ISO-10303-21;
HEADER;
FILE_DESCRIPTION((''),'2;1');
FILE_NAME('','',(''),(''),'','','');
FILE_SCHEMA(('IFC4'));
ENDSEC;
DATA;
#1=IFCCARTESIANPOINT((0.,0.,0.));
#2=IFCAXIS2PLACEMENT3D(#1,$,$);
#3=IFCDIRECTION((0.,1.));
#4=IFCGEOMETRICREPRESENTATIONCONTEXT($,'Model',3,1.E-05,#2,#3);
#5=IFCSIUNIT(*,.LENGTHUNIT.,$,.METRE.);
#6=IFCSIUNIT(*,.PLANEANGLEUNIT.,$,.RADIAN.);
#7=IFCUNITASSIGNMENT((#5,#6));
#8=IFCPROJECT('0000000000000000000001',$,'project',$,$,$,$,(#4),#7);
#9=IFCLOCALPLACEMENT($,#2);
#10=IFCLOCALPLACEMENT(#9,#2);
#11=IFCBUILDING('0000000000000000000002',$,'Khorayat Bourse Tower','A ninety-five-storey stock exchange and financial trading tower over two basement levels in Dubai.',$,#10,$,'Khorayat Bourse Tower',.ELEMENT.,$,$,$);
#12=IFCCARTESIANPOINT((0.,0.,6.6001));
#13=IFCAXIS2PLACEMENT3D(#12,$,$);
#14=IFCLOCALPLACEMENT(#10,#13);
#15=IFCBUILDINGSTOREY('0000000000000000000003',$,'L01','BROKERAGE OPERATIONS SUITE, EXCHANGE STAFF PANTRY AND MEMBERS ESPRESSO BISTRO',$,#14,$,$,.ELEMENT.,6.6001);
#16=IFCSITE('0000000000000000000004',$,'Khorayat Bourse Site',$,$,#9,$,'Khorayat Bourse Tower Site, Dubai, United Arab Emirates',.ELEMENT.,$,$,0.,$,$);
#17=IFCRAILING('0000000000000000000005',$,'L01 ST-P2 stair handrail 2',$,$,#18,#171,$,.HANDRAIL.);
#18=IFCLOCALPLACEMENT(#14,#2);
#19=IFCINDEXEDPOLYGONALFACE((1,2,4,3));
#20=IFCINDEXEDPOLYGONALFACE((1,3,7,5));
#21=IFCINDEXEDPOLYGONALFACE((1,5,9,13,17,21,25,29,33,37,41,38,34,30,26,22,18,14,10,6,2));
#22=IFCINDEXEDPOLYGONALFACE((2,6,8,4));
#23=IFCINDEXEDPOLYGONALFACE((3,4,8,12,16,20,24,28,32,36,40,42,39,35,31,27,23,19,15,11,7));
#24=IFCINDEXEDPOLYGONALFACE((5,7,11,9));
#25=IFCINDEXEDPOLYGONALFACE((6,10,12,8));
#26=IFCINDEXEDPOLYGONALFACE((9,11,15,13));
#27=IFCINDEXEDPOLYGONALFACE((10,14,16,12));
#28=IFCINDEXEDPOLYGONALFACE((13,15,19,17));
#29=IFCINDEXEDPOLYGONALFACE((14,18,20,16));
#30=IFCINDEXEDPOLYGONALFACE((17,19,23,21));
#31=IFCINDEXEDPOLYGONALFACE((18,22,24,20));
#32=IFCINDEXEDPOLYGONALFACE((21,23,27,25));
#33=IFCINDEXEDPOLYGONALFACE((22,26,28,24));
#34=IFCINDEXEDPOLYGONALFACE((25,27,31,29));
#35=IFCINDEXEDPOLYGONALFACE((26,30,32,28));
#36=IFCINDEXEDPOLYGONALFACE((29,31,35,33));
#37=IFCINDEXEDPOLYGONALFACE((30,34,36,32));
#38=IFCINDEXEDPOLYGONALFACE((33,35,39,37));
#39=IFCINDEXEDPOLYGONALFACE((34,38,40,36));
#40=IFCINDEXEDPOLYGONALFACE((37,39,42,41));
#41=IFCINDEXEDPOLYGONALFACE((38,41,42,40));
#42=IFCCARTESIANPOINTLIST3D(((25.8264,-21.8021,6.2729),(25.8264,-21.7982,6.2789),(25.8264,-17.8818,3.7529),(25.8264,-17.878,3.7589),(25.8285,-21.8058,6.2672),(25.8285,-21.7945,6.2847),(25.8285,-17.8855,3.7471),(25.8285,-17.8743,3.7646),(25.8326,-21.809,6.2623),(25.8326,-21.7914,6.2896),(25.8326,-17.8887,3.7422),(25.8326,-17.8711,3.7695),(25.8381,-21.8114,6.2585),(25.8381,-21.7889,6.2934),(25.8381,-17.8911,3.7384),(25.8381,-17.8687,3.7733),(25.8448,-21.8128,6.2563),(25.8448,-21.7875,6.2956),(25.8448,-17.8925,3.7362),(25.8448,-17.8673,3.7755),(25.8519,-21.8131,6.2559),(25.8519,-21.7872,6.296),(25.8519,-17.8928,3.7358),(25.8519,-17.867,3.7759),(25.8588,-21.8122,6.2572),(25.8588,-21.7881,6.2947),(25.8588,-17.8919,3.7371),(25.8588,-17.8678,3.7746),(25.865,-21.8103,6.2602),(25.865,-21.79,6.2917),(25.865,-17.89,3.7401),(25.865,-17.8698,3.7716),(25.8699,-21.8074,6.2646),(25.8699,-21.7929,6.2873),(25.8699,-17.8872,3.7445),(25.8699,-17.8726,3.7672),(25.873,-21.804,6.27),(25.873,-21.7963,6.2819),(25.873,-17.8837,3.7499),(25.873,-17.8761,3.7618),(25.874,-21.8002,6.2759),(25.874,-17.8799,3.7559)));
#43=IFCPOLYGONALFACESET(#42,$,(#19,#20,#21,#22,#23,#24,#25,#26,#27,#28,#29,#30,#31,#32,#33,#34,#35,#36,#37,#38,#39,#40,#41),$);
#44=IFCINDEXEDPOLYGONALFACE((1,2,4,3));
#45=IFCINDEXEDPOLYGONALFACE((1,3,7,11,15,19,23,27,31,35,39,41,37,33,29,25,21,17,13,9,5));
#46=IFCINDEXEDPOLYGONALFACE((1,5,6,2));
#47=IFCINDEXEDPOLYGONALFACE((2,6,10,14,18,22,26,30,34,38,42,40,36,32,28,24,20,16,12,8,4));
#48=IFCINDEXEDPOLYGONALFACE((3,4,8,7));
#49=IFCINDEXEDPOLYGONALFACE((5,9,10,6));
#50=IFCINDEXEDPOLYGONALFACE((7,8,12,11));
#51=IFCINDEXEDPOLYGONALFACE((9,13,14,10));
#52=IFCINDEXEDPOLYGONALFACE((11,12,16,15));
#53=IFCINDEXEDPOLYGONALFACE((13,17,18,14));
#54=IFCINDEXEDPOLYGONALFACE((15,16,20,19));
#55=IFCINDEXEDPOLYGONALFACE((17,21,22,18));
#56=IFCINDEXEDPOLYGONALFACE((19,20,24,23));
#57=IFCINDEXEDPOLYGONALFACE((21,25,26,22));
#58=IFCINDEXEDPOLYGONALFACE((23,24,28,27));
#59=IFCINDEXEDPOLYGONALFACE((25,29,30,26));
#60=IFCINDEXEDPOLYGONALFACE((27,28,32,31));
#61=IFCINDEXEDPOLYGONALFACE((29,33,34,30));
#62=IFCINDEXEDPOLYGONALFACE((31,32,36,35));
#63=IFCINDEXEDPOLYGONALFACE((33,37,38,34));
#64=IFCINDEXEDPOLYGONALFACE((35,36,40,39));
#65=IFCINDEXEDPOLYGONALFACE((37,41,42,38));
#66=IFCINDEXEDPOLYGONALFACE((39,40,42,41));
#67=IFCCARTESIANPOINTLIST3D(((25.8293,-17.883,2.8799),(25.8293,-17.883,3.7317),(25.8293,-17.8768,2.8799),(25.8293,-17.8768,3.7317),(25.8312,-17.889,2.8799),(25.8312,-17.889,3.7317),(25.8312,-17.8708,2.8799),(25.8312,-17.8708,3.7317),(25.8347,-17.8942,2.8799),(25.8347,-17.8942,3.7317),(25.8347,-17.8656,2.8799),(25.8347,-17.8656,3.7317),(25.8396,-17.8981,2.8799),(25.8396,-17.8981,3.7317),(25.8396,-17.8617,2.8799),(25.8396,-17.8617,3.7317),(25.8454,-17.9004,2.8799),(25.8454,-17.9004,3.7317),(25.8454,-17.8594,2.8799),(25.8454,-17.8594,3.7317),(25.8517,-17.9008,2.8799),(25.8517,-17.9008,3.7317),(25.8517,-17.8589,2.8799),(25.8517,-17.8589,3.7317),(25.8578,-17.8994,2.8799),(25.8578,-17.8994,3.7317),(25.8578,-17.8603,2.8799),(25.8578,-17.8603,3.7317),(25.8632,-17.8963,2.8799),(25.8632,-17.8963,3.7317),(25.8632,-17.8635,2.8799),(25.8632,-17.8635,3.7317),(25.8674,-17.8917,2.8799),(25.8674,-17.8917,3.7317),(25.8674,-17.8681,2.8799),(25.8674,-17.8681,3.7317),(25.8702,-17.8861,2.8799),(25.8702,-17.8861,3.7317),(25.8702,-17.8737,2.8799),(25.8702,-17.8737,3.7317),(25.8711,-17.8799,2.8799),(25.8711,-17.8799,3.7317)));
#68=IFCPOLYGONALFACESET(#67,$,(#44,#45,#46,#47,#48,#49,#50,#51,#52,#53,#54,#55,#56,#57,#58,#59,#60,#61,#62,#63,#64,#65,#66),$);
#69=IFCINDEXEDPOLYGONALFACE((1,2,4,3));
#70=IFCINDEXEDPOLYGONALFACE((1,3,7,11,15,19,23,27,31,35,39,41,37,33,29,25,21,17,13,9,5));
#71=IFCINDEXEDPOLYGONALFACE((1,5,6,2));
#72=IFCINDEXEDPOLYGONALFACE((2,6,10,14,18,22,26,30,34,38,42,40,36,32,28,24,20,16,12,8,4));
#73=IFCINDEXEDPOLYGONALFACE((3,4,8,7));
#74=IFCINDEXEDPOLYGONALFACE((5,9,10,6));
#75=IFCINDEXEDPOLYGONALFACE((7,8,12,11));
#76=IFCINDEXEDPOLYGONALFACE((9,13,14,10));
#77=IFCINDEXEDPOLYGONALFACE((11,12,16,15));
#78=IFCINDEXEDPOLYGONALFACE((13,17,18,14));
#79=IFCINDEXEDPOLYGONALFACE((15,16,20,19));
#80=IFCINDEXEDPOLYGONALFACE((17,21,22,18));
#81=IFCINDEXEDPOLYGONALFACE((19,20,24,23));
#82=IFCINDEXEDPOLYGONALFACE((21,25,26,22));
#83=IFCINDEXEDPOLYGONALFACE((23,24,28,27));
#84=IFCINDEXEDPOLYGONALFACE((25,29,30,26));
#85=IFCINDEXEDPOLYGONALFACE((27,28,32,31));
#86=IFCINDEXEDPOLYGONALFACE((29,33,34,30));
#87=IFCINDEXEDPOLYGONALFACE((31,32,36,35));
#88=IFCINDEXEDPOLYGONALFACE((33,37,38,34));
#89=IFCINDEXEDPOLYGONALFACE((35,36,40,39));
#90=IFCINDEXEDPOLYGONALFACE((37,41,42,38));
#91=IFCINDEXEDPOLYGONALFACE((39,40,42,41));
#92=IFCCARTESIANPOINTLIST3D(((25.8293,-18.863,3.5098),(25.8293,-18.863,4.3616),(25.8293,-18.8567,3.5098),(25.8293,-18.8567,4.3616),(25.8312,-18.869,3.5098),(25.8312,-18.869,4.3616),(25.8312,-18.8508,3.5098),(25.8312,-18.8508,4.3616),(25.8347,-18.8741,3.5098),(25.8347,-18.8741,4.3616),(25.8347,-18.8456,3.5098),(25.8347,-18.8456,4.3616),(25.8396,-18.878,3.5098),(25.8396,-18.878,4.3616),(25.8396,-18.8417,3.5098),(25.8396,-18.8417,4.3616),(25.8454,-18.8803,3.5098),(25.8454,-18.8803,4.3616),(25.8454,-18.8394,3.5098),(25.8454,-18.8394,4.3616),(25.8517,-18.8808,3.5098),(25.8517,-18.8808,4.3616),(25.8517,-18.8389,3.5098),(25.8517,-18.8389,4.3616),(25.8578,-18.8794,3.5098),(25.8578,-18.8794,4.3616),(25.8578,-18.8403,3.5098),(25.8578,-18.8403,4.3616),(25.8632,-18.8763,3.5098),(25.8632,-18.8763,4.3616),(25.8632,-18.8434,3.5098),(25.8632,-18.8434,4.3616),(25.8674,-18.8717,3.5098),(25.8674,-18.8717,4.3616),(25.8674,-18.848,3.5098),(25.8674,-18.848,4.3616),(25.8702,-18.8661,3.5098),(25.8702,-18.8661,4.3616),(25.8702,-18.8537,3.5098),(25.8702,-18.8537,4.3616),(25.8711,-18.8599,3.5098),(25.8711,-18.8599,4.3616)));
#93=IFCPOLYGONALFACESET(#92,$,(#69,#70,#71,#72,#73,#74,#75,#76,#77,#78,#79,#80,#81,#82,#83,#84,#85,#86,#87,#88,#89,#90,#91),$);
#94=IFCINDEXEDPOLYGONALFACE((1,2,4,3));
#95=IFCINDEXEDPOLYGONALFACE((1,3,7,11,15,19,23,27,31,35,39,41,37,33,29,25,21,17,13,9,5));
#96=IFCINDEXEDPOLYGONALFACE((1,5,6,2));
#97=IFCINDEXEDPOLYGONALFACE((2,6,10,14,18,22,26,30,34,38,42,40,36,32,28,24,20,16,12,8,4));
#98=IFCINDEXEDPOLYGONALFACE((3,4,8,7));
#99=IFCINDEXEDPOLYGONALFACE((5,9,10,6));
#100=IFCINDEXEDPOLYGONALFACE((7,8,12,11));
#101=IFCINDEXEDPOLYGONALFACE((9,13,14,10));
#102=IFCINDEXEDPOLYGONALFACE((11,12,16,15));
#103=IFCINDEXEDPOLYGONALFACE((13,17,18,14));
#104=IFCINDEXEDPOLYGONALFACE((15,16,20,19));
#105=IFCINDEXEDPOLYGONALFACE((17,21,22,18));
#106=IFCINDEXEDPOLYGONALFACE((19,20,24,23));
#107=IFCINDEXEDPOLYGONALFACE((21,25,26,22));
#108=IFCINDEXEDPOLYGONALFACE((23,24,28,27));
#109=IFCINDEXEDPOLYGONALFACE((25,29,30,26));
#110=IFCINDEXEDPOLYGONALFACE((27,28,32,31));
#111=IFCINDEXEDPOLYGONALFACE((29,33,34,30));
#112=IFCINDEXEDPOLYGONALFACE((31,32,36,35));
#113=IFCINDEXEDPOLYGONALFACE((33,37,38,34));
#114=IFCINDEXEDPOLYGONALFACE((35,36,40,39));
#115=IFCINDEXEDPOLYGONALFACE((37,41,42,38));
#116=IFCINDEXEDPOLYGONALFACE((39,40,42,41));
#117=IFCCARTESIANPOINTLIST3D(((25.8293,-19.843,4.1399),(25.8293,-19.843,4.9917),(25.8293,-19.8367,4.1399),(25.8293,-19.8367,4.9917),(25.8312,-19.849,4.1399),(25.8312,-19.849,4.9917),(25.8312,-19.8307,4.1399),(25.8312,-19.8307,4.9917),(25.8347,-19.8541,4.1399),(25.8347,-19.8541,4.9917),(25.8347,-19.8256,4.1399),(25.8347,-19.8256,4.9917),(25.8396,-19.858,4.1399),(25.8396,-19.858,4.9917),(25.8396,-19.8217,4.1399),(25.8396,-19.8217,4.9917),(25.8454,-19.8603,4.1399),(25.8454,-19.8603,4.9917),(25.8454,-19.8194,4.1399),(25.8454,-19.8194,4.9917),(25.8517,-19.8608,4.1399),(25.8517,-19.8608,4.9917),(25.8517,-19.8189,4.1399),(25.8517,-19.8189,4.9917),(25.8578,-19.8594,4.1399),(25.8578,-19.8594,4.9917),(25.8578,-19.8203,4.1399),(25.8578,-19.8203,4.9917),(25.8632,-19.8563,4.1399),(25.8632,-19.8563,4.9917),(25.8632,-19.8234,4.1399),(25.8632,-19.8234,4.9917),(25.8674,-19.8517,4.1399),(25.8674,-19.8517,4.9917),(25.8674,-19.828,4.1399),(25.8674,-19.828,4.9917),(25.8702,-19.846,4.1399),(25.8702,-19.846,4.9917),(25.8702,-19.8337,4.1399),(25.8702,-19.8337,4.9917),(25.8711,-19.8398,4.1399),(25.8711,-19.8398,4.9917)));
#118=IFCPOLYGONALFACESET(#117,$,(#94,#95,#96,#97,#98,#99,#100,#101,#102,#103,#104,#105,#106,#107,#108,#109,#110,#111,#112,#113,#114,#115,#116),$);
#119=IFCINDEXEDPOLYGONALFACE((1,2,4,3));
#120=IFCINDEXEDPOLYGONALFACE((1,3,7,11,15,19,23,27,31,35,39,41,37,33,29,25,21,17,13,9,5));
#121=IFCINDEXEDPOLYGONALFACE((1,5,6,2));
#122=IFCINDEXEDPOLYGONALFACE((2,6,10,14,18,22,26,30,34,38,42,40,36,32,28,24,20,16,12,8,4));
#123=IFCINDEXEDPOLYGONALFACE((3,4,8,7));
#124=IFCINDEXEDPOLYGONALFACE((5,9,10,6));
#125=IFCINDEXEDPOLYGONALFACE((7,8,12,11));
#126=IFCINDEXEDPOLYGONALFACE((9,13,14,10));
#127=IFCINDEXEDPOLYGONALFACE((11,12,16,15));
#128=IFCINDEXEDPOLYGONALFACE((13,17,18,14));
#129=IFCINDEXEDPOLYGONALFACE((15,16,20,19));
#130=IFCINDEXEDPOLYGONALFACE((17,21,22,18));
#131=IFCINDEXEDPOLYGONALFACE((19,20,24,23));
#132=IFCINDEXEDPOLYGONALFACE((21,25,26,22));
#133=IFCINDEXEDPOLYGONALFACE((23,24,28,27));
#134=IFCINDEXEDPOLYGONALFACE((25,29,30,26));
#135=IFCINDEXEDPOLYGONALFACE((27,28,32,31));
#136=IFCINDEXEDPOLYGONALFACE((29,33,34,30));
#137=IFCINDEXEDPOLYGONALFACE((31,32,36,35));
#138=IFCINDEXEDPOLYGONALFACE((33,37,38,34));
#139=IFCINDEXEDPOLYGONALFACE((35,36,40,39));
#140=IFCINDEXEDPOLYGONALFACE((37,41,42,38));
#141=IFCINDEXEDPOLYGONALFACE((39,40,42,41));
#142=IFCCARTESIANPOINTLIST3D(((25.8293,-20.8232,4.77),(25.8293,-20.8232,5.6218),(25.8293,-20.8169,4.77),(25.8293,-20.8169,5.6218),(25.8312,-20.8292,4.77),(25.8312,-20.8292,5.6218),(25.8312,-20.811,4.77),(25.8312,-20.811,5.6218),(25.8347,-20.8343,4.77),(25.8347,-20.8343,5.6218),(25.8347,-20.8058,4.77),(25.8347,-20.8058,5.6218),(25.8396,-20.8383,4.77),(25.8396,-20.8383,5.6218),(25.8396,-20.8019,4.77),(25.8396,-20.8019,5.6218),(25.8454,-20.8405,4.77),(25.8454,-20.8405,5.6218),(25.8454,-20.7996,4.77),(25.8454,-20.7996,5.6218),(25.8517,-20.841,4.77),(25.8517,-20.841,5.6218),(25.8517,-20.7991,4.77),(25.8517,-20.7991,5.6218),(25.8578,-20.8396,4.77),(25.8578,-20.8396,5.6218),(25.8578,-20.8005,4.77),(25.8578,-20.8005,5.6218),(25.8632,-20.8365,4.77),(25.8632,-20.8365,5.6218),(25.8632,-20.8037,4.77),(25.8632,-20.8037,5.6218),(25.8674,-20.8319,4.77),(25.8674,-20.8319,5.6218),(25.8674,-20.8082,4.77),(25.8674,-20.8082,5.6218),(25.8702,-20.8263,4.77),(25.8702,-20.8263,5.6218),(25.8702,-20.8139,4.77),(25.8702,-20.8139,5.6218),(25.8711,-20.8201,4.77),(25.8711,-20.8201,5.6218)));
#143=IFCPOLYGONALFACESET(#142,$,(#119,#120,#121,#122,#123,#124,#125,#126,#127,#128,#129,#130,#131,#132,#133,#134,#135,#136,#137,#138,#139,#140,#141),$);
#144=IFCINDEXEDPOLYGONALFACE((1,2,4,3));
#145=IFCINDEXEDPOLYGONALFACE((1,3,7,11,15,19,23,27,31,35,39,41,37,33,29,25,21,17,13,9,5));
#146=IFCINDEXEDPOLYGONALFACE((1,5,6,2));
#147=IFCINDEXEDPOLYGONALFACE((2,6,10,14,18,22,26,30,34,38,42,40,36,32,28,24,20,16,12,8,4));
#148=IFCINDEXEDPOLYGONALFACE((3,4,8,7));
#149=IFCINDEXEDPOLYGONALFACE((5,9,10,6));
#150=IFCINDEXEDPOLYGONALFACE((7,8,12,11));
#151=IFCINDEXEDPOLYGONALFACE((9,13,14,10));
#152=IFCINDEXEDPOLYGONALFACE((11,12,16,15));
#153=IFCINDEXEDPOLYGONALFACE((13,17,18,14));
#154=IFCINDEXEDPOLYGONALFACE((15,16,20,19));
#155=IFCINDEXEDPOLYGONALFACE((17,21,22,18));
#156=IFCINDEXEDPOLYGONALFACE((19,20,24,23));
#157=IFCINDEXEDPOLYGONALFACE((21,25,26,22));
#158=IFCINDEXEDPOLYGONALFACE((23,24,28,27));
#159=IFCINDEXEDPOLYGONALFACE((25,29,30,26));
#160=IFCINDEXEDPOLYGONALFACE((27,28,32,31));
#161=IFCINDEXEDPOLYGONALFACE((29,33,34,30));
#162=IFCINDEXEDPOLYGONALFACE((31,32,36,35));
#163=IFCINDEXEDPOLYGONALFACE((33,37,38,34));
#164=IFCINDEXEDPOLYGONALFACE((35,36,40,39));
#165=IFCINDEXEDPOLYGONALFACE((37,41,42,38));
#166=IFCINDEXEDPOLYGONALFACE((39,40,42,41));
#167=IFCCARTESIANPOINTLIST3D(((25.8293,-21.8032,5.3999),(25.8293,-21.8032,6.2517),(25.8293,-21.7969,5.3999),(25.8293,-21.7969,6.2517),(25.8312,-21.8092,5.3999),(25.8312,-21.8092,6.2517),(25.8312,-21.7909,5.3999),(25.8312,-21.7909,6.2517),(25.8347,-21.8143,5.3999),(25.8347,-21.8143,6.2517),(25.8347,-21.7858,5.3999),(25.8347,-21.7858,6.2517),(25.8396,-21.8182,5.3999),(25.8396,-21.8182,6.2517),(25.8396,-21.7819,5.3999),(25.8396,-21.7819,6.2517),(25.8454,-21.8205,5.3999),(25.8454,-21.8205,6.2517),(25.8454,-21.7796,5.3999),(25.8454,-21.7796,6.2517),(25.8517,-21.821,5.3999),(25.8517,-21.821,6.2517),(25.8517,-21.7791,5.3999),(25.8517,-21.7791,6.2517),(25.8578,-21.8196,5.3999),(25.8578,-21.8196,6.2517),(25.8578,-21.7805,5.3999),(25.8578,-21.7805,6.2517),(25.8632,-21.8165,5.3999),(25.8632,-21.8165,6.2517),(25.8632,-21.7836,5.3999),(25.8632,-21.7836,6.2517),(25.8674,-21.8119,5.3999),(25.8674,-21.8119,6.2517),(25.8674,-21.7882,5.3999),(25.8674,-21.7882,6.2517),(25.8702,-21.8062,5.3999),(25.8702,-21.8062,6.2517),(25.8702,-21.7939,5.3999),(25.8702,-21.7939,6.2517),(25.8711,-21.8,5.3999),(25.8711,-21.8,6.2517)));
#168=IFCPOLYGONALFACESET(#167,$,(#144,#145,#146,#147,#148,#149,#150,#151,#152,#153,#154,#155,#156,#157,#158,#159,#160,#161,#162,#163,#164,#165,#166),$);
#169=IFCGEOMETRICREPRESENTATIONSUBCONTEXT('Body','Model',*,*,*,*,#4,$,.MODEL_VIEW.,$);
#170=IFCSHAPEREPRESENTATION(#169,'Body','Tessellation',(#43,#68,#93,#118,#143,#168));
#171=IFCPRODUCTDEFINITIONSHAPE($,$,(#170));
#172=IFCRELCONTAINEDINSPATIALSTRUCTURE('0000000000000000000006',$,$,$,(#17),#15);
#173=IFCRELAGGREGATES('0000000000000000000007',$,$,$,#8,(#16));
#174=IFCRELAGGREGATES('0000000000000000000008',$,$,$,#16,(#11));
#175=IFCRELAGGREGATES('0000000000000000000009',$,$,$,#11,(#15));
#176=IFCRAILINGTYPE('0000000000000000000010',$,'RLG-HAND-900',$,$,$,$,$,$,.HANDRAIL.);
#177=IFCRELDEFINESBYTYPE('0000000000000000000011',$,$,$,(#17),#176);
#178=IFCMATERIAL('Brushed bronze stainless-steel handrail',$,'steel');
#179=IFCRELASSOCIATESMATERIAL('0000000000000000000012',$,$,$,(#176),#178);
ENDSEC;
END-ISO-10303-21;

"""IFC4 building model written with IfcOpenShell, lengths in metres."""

from ifc_helpers import new_model, si_unit, direction, frame, origin, origin_2d, place, context, subcontext, project, spatial, circle, extrude, source, transform, mapped, material, type_object, element, save


model = new_model("IFC4")

# Units and contexts
model_context = context("Model", 3, precision=1e-05, world=origin(), true_north=direction((0.0, 1.0)))
body_context = subcontext(model_context, "Body", "Model", "MODEL_VIEW")
ifc_project = project(units=[si_unit("LENGTHUNIT", "METRE"), si_unit("PLANEANGLEUNIT", "RADIAN")], contexts=[model_context])

# Site, building, storey
site_placement = place(None, origin())
site = spatial("IfcSite", under=ifc_project, at=site_placement, Name="Khorayat Bourse Site", LongName="Khorayat Bourse Tower Site, Dubai, United Arab Emirates", CompositionType="ELEMENT", RefElevation=0.0)
building_placement = place(site_placement, origin())
building = spatial("IfcBuilding", under=site, at=building_placement, Name="Khorayat Bourse Tower", Description="A ninety-five-storey stock exchange and financial trading tower over two basement levels in Dubai.", LongName="Khorayat Bourse Tower", CompositionType="ELEMENT")
storey_placement = place(building_placement, frame((0.0, 0.0, 6.6001)))
storey = spatial("IfcBuildingStorey", under=building, at=storey_placement, Name="L01", Description="BROKERAGE OPERATIONS SUITE, EXCHANGE STAFF PANTRY AND MEMBERS ESPRESSO BISTRO", CompositionType="ELEMENT", Elevation=6.6001)

# Railing
ifc_material_1 = material(Name="Brushed bronze stainless-steel handrail", Category="steel")
railing_type_1 = type_object("IfcRailingType", Name="RLG-HAND-900", PredefinedType="HANDRAIL", material=ifc_material_1)
shared_shape_1 = source(origin(), body_context, "Body", "SweptSolid", [
    extrude(circle(Radius=0.0239, at=origin_2d()), frame((0.0, 0.0, 0.876), z_axis=(0.0, -0.841187, 0.540744), x_axis=(1.0, 0.0, 0.0)), (0.0, 0.0, 1.0), 4.6604),
    extrude(circle(Radius=0.021, at=origin_2d()), origin(), (0.0, 0.0, 1.0), 0.8518),
    extrude(circle(Radius=0.021, at=origin_2d()), frame((0.0, -0.98, 0.6299)), (0.0, 0.0, 1.0), 0.8518),
    extrude(circle(Radius=0.021, at=origin_2d()), frame((0.0, -1.96, 1.26)), (0.0, 0.0, 1.0), 0.8518),
    extrude(circle(Radius=0.021, at=origin_2d()), frame((0.0, -2.9402, 1.8901)), (0.0, 0.0, 1.0), 0.8518),
    extrude(circle(Radius=0.021, at=origin_2d()), frame((0.0, -3.9202, 2.52)), (0.0, 0.0, 1.0), 0.8518),
])
railing_1_placement = place(storey_placement, frame((25.8501, -17.8799, 2.8799)))
element("IfcRailing", 1, at=railing_1_placement, inside=storey, type_object=railing_type_1, Name="L01 ST-P2 stair handrail 2", PredefinedType="HANDRAIL", context=body_context, shape_type="MappedRepresentation", body=[
    mapped(shared_shape_1, transform((0.0, 0.0, 0.0), scale=1.0)),
])

save(model, "model.ifc")
